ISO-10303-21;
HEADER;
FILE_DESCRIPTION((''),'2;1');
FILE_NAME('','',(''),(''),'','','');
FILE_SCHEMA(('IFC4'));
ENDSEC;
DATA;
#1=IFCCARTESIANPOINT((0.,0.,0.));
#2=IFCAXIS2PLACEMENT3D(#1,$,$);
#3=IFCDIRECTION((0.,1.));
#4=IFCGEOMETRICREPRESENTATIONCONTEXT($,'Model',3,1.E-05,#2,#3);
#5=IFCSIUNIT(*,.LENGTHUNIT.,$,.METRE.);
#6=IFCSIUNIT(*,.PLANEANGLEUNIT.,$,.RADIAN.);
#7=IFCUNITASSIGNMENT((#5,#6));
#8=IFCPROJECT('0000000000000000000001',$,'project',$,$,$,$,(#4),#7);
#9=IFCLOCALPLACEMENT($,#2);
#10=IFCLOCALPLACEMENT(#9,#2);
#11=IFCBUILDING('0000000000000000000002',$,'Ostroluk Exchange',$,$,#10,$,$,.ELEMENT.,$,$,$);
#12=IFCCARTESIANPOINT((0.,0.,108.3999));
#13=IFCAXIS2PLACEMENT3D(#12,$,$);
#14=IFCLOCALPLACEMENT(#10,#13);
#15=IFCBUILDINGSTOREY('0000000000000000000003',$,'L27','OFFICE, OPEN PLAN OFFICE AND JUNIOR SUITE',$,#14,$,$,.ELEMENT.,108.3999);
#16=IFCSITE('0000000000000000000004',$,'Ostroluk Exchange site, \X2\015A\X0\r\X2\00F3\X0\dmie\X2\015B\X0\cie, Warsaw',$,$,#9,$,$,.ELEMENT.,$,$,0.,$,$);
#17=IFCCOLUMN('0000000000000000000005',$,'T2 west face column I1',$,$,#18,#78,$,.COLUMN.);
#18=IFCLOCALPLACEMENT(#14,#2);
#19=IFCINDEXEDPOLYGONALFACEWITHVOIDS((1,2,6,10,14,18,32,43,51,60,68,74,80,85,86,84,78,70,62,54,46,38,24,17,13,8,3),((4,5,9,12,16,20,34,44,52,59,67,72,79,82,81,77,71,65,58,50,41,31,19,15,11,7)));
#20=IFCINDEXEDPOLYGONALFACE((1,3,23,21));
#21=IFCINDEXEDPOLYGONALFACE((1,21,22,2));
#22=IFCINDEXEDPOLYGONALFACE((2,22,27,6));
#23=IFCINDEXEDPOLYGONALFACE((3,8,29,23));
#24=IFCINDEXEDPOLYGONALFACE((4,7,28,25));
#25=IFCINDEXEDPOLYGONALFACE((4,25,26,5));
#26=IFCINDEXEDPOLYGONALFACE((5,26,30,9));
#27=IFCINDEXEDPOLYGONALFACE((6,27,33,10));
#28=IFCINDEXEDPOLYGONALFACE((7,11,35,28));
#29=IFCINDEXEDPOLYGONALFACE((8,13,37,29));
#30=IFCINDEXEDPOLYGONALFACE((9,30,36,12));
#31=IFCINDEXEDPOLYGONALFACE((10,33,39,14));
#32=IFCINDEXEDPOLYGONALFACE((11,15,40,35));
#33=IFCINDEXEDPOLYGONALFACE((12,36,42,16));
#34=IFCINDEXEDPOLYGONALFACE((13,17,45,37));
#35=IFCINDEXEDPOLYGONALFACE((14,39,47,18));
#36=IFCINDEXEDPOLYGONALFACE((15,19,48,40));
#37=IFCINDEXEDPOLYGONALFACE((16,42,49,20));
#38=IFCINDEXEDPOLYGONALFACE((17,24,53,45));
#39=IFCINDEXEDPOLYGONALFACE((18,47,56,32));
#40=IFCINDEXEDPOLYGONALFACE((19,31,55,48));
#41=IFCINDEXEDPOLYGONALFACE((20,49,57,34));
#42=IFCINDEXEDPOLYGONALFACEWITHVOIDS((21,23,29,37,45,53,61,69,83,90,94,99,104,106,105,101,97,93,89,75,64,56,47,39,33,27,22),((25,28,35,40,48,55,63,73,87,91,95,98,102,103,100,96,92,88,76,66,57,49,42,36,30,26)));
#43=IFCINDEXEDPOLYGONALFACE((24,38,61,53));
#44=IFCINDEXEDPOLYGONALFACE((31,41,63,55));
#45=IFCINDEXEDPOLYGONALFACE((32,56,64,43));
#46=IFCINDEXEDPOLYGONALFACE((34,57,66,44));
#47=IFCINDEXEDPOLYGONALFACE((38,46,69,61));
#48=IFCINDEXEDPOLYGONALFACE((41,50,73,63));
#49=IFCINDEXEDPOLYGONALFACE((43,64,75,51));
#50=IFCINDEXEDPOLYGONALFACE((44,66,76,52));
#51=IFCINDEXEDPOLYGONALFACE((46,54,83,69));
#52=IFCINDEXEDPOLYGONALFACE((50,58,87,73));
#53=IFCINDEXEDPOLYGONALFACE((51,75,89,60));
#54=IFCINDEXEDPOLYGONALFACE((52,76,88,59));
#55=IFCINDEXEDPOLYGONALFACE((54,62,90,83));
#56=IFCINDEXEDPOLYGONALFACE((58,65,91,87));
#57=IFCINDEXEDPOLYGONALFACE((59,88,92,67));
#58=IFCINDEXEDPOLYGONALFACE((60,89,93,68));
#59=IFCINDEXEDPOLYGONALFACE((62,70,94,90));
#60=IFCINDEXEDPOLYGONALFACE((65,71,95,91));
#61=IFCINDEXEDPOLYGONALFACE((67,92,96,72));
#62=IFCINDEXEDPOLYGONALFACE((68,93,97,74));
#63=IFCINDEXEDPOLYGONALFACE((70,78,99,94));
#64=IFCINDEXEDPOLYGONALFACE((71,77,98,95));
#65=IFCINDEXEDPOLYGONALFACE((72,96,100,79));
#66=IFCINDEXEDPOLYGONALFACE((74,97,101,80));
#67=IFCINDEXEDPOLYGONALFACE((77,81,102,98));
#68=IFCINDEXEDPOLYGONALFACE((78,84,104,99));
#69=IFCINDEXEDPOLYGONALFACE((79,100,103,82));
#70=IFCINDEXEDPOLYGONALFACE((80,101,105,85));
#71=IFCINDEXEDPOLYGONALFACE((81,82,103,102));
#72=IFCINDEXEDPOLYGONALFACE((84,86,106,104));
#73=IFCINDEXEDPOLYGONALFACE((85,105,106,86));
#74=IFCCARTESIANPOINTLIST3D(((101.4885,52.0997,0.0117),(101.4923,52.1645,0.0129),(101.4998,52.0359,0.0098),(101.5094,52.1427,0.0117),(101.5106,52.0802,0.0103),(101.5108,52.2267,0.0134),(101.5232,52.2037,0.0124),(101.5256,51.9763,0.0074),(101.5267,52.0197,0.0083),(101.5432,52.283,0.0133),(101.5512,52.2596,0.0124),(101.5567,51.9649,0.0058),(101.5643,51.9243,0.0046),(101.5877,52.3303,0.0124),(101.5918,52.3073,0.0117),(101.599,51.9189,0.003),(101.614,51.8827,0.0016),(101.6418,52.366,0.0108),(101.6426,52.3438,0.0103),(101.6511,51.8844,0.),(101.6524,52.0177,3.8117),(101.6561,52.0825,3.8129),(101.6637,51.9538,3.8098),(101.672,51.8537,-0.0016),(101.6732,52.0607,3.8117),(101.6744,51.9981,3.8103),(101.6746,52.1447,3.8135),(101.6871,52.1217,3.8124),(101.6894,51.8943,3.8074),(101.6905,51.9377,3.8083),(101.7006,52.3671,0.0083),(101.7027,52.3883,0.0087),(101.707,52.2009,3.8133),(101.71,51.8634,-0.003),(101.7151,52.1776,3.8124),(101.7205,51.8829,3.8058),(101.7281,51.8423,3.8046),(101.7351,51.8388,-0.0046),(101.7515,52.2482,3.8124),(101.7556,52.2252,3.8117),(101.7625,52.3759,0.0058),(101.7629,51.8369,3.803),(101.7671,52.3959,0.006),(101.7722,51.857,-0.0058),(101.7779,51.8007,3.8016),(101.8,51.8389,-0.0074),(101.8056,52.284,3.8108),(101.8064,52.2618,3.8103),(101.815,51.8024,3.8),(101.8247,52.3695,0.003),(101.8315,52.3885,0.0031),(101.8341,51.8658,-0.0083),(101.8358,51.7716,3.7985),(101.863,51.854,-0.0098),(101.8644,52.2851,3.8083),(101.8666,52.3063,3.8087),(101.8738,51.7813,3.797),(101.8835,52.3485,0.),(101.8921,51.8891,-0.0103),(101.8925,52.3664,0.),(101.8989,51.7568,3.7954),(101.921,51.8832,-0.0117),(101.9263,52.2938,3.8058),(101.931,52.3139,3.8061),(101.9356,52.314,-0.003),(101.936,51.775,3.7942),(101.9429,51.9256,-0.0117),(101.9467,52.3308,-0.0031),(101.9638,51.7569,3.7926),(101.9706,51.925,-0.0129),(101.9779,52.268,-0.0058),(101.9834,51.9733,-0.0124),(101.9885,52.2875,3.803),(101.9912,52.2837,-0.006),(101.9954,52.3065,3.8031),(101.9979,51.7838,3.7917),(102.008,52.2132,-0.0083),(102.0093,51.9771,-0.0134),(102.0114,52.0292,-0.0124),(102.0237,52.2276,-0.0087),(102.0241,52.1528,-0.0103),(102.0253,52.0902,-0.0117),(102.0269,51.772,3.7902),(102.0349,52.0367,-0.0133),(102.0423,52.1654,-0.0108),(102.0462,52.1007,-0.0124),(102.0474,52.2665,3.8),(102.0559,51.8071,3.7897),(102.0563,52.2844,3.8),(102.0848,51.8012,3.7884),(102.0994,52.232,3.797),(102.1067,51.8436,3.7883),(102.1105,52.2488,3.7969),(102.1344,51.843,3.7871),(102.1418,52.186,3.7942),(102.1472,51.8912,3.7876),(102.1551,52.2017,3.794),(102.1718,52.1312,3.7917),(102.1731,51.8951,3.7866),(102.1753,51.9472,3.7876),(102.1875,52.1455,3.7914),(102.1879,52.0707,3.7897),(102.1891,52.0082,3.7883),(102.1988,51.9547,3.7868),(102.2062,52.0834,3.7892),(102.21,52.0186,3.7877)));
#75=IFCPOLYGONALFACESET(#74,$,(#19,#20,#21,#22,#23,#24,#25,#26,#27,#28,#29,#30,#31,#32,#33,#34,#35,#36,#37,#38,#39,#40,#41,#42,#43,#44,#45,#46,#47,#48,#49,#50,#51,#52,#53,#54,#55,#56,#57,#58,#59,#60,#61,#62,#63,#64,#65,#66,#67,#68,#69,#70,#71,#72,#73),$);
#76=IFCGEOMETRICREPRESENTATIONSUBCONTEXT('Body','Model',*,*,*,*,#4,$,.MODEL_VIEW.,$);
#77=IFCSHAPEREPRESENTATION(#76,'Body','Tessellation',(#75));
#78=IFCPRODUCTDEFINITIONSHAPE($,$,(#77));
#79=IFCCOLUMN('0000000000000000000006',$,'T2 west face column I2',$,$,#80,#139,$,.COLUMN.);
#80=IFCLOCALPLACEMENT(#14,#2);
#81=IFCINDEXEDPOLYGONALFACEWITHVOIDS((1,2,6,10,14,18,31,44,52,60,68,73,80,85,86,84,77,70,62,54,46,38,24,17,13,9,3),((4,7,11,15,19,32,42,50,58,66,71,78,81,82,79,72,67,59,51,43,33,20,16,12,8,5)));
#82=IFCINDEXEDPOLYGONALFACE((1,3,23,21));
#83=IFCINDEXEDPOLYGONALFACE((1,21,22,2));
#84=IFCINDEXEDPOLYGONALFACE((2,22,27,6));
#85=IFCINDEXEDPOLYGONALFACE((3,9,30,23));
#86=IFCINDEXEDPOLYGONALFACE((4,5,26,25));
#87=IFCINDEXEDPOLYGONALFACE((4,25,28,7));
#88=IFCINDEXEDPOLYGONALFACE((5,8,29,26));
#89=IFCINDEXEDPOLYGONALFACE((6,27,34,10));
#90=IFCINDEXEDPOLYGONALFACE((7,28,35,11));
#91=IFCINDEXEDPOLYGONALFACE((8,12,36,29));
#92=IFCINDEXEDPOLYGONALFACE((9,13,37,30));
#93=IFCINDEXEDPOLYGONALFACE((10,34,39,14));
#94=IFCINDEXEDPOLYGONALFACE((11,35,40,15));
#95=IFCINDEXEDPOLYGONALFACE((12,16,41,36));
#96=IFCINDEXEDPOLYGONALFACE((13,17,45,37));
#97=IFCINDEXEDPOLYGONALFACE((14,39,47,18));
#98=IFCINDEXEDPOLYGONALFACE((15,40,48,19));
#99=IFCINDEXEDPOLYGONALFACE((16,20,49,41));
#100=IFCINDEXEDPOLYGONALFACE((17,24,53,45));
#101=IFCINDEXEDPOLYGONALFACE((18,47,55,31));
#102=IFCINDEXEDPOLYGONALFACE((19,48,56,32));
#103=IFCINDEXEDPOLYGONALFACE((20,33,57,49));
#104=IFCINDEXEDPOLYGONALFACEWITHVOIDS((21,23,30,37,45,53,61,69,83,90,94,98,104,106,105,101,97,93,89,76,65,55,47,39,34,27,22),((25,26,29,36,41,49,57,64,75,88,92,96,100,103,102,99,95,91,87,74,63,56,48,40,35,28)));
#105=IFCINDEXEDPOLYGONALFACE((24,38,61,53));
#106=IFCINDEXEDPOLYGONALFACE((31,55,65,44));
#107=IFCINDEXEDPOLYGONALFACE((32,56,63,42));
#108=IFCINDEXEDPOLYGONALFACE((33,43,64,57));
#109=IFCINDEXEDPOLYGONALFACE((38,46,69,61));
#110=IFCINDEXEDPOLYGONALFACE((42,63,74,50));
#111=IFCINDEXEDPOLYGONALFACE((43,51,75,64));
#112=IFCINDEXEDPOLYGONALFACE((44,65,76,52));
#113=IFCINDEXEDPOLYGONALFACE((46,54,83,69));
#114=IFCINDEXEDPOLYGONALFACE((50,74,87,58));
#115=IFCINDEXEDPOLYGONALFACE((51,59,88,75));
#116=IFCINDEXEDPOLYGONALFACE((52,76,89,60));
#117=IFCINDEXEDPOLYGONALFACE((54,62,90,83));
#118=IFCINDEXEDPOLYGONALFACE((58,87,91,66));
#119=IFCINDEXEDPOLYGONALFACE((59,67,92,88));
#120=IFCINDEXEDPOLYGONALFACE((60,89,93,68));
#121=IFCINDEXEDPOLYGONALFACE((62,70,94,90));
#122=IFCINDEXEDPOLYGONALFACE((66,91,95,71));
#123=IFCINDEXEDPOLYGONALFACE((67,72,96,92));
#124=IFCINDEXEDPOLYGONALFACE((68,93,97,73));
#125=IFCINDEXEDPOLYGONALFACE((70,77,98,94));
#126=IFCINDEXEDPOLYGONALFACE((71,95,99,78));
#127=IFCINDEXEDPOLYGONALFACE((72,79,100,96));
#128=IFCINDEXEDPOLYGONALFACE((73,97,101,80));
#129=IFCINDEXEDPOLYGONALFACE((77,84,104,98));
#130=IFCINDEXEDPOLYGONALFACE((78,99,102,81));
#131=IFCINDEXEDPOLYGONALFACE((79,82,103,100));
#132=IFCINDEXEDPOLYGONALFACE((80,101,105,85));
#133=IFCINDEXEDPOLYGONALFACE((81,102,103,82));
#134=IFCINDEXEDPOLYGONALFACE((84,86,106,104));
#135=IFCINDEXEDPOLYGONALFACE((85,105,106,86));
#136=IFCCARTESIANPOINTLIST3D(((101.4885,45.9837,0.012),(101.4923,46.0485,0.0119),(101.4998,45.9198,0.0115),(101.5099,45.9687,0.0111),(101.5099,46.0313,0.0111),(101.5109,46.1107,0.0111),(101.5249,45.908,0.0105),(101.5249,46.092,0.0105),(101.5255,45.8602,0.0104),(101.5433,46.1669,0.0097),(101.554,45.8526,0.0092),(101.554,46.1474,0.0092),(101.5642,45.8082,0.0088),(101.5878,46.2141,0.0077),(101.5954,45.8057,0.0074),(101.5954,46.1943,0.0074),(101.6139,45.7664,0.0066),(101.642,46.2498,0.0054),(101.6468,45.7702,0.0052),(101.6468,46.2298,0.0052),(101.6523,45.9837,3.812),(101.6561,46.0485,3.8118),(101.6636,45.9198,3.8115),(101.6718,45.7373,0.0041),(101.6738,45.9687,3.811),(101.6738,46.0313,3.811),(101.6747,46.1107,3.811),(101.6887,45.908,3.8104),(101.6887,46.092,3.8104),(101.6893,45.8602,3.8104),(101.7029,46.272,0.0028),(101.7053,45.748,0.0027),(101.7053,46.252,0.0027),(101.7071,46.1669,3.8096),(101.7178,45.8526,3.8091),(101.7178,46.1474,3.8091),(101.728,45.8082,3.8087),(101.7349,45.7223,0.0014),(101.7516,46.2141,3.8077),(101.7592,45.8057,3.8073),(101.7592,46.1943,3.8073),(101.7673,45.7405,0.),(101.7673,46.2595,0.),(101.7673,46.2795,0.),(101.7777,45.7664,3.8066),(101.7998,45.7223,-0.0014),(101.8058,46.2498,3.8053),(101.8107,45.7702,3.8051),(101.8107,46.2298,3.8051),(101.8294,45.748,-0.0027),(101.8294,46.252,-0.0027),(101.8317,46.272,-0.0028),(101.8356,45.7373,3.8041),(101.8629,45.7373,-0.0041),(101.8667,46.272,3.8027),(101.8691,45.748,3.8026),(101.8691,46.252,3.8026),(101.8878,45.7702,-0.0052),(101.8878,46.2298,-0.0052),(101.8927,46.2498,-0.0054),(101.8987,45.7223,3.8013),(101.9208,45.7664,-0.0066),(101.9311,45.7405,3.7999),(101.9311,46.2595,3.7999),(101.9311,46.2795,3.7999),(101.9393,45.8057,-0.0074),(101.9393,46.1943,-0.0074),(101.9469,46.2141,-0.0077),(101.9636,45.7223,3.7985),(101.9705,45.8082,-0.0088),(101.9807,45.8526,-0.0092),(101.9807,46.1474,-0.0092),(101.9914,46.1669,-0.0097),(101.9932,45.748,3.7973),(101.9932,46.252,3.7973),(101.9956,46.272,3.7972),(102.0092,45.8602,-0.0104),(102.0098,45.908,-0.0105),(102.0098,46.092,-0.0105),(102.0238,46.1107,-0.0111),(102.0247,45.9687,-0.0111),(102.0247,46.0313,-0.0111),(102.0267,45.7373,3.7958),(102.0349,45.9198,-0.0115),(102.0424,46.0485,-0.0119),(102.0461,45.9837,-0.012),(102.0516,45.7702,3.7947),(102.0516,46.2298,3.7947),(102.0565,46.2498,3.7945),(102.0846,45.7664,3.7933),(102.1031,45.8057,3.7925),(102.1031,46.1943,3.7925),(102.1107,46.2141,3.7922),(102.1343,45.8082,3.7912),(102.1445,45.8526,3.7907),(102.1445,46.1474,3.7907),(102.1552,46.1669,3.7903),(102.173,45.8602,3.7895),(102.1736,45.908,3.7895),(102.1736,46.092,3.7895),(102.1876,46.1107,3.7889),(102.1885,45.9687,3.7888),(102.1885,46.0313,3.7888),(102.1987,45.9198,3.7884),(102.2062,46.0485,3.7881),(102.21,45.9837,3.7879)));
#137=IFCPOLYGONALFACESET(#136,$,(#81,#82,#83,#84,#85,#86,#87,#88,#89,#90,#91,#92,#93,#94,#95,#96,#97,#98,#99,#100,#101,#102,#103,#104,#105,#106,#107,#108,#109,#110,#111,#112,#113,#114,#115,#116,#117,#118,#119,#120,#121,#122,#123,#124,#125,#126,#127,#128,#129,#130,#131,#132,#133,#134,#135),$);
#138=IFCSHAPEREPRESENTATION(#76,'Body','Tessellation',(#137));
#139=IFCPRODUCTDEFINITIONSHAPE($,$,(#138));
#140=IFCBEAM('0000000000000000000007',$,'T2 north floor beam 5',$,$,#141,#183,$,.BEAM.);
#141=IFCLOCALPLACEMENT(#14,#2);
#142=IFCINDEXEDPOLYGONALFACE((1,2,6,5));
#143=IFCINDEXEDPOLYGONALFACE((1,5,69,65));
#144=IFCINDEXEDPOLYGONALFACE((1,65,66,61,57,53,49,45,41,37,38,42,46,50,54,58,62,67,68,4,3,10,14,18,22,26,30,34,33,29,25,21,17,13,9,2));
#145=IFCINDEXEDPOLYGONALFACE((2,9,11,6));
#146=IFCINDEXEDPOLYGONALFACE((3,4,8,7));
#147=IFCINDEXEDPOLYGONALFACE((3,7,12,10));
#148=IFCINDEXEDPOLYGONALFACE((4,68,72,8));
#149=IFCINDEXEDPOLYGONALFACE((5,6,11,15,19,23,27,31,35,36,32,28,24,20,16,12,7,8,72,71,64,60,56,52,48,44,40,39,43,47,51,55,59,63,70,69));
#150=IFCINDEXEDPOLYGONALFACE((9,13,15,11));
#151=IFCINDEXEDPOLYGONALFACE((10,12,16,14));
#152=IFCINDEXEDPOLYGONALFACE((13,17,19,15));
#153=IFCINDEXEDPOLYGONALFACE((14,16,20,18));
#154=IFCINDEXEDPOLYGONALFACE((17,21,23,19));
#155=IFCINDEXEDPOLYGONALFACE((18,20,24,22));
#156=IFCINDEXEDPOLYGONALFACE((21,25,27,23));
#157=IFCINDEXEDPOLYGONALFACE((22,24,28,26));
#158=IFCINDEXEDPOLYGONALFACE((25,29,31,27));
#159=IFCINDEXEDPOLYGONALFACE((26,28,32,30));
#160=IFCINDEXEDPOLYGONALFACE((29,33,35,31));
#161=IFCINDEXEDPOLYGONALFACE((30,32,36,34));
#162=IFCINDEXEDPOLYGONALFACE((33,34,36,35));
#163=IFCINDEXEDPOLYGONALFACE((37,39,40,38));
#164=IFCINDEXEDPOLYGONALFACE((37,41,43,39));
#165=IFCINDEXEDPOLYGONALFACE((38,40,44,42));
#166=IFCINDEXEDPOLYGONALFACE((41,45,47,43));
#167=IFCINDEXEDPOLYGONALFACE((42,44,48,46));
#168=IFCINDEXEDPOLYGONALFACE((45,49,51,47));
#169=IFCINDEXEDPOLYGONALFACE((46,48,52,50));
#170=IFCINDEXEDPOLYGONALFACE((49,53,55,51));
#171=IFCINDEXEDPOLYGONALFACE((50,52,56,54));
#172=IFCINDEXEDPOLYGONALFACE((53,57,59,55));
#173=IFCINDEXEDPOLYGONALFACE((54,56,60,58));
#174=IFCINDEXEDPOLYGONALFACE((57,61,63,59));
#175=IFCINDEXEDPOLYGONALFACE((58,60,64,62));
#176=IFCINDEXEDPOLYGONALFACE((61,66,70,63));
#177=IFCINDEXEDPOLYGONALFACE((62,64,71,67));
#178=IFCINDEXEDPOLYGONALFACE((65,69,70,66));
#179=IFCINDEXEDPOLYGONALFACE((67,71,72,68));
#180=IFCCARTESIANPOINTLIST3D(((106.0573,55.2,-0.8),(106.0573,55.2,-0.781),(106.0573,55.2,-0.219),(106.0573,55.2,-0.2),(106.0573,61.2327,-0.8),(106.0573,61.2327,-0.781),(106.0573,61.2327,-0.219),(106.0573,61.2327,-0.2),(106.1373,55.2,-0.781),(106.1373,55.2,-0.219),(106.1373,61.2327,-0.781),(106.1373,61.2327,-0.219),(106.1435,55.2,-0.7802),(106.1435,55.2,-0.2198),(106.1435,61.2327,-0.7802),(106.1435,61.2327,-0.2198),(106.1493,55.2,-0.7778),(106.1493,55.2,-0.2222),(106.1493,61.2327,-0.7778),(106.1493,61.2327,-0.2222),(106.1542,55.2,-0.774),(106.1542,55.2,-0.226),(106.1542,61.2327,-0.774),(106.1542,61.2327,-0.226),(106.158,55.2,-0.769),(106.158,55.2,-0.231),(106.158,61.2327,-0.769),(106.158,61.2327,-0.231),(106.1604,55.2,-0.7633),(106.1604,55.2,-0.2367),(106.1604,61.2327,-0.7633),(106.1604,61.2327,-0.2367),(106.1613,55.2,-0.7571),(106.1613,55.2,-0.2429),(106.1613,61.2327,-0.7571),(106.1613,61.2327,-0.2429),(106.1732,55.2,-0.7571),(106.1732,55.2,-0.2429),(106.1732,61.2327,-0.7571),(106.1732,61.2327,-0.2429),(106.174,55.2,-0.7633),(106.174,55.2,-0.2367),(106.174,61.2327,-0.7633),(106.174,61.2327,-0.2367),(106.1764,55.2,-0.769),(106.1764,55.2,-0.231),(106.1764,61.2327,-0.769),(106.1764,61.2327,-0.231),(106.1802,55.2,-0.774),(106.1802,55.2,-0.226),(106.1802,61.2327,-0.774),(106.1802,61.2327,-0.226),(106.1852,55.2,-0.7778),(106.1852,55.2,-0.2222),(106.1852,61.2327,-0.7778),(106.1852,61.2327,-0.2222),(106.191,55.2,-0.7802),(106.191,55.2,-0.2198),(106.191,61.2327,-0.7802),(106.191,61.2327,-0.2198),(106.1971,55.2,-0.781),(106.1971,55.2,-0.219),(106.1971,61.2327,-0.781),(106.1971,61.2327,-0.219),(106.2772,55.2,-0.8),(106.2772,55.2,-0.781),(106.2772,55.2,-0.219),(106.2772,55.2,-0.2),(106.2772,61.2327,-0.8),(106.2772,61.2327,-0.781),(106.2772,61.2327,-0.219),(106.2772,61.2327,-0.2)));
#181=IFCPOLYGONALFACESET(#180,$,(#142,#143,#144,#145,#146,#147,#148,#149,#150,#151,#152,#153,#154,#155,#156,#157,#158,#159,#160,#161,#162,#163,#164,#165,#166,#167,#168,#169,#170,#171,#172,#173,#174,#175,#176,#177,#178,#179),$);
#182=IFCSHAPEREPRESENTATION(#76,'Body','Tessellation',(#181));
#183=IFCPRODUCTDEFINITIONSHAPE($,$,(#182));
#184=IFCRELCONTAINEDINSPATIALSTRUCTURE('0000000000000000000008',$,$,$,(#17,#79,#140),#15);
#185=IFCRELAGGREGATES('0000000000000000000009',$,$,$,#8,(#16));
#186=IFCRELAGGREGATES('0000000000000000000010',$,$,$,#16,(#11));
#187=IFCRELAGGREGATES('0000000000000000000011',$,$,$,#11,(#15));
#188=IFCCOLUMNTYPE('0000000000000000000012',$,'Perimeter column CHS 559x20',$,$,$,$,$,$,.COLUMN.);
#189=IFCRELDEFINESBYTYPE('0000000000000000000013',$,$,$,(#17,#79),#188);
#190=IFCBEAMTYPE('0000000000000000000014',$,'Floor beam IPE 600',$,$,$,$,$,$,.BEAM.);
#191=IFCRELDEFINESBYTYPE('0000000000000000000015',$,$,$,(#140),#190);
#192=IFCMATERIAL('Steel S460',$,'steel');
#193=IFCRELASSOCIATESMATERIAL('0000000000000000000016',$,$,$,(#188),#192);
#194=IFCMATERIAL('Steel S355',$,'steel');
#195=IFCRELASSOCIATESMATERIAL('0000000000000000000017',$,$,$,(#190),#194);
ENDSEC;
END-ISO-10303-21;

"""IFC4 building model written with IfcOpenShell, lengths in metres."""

from ifc_helpers import new_model, si_unit, direction, frame, origin, origin_2d, place, context, subcontext, project, spatial, hollow_circle, i_section, extrude, material, material_profile, profile_set, type_object, element, save


model = new_model("IFC4")

# Units and contexts
model_context = context("Model", 3, precision=1e-05, world=origin(), true_north=direction((0.0, 1.0)))
body_context = subcontext(model_context, "Body", "Model", "MODEL_VIEW")
ifc_project = project(units=[si_unit("LENGTHUNIT", "METRE"), si_unit("PLANEANGLEUNIT", "RADIAN")], contexts=[model_context])

# Site, building, storey
site_placement = place(None, origin())
site = spatial("IfcSite", under=ifc_project, at=site_placement, Name="Ostroluk Exchange site, Śródmieście, Warsaw", CompositionType="ELEMENT", RefElevation=0.0)
building_placement = place(site_placement, origin())
building = spatial("IfcBuilding", under=site, at=building_placement, Name="Ostroluk Exchange", CompositionType="ELEMENT")
storey_placement = place(building_placement, frame((0.0, 0.0, 108.3999)))
storey = spatial("IfcBuildingStorey", under=building, at=storey_placement, Name="L27", Description="OFFICE, OPEN PLAN OFFICE AND JUNIOR SUITE", CompositionType="ELEMENT", Elevation=108.3999)

# Columns
ifc_material_1 = material(Name="Steel S460", Category="steel")
ifc_material_profile_1 = material_profile(ifc_material_1, hollow_circle(Radius=0.2795, WallThickness=0.02, at=origin_2d()), Name="CHS 559x20")
ifc_profile_set_1 = profile_set([ifc_material_profile_1], Name="Steel S460")
column_type = type_object("IfcColumnType", Name="Perimeter column CHS 559x20", PredefinedType="COLUMN", material=ifc_profile_set_1)
column_1_placement = place(storey_placement, frame((101.7673, 52.1165, 0.0), z_axis=(0.04306, -0.021562, 0.99884), x_axis=(0.447747, 0.894161, 0.0)))
element("IfcColumn", 1, at=column_1_placement, inside=storey, type_object=column_type, Name="T2 west face column I1", PredefinedType="COLUMN", context=body_context, shape_type="SweptSolid", body=[
    extrude(hollow_circle(Radius=0.2795, WallThickness=0.02, at=origin_2d()), origin(), (0.0, 0.0, 1.0), 3.8044),
])
column_2_placement = place(storey_placement, frame((101.7673, 46.0, 0.0), z_axis=(0.04307, 0.0, 0.999072), x_axis=(0.0, 1.0, 0.0)))
element("IfcColumn", 2, at=column_2_placement, inside=storey, type_object=column_type, Name="T2 west face column I2", PredefinedType="COLUMN", context=body_context, shape_type="SweptSolid", body=[
    extrude(hollow_circle(Radius=0.2795, WallThickness=0.02, at=origin_2d()), origin(), (0.0, 0.0, 1.0), 3.8035),
])

# Beam
ifc_material_2 = material(Name="Steel S355", Category="steel")
ifc_material_profile_2 = material_profile(ifc_material_2, i_section(OverallWidth=0.22, OverallDepth=0.6001, WebThickness=0.012, FlangeThickness=0.019, FilletRadius=0.0239, at=origin_2d()), Name="IPE 600")
ifc_profile_set_2 = profile_set([ifc_material_profile_2], Name="Steel S355")
beam_type_1 = type_object("IfcBeamType", Name="Floor beam IPE 600", PredefinedType="BEAM", material=ifc_profile_set_2)
beam_1_placement = place(storey_placement, frame((106.1672, 55.2, -0.5), z_axis=(0.0, 1.0, 0.0), x_axis=(-1.0, 0.0, 0.0)))
element("IfcBeam", 3, at=beam_1_placement, inside=storey, type_object=beam_type_1, Name="T2 north floor beam 5", PredefinedType="BEAM", context=body_context, shape_type="SweptSolid", body=[
    extrude(i_section(OverallWidth=0.22, OverallDepth=0.6001, WebThickness=0.012, FlangeThickness=0.019, FilletRadius=0.0239, at=origin_2d()), origin(), (0.0, 0.0, 1.0), 6.0327),
])

save(model, "model.ifc")
